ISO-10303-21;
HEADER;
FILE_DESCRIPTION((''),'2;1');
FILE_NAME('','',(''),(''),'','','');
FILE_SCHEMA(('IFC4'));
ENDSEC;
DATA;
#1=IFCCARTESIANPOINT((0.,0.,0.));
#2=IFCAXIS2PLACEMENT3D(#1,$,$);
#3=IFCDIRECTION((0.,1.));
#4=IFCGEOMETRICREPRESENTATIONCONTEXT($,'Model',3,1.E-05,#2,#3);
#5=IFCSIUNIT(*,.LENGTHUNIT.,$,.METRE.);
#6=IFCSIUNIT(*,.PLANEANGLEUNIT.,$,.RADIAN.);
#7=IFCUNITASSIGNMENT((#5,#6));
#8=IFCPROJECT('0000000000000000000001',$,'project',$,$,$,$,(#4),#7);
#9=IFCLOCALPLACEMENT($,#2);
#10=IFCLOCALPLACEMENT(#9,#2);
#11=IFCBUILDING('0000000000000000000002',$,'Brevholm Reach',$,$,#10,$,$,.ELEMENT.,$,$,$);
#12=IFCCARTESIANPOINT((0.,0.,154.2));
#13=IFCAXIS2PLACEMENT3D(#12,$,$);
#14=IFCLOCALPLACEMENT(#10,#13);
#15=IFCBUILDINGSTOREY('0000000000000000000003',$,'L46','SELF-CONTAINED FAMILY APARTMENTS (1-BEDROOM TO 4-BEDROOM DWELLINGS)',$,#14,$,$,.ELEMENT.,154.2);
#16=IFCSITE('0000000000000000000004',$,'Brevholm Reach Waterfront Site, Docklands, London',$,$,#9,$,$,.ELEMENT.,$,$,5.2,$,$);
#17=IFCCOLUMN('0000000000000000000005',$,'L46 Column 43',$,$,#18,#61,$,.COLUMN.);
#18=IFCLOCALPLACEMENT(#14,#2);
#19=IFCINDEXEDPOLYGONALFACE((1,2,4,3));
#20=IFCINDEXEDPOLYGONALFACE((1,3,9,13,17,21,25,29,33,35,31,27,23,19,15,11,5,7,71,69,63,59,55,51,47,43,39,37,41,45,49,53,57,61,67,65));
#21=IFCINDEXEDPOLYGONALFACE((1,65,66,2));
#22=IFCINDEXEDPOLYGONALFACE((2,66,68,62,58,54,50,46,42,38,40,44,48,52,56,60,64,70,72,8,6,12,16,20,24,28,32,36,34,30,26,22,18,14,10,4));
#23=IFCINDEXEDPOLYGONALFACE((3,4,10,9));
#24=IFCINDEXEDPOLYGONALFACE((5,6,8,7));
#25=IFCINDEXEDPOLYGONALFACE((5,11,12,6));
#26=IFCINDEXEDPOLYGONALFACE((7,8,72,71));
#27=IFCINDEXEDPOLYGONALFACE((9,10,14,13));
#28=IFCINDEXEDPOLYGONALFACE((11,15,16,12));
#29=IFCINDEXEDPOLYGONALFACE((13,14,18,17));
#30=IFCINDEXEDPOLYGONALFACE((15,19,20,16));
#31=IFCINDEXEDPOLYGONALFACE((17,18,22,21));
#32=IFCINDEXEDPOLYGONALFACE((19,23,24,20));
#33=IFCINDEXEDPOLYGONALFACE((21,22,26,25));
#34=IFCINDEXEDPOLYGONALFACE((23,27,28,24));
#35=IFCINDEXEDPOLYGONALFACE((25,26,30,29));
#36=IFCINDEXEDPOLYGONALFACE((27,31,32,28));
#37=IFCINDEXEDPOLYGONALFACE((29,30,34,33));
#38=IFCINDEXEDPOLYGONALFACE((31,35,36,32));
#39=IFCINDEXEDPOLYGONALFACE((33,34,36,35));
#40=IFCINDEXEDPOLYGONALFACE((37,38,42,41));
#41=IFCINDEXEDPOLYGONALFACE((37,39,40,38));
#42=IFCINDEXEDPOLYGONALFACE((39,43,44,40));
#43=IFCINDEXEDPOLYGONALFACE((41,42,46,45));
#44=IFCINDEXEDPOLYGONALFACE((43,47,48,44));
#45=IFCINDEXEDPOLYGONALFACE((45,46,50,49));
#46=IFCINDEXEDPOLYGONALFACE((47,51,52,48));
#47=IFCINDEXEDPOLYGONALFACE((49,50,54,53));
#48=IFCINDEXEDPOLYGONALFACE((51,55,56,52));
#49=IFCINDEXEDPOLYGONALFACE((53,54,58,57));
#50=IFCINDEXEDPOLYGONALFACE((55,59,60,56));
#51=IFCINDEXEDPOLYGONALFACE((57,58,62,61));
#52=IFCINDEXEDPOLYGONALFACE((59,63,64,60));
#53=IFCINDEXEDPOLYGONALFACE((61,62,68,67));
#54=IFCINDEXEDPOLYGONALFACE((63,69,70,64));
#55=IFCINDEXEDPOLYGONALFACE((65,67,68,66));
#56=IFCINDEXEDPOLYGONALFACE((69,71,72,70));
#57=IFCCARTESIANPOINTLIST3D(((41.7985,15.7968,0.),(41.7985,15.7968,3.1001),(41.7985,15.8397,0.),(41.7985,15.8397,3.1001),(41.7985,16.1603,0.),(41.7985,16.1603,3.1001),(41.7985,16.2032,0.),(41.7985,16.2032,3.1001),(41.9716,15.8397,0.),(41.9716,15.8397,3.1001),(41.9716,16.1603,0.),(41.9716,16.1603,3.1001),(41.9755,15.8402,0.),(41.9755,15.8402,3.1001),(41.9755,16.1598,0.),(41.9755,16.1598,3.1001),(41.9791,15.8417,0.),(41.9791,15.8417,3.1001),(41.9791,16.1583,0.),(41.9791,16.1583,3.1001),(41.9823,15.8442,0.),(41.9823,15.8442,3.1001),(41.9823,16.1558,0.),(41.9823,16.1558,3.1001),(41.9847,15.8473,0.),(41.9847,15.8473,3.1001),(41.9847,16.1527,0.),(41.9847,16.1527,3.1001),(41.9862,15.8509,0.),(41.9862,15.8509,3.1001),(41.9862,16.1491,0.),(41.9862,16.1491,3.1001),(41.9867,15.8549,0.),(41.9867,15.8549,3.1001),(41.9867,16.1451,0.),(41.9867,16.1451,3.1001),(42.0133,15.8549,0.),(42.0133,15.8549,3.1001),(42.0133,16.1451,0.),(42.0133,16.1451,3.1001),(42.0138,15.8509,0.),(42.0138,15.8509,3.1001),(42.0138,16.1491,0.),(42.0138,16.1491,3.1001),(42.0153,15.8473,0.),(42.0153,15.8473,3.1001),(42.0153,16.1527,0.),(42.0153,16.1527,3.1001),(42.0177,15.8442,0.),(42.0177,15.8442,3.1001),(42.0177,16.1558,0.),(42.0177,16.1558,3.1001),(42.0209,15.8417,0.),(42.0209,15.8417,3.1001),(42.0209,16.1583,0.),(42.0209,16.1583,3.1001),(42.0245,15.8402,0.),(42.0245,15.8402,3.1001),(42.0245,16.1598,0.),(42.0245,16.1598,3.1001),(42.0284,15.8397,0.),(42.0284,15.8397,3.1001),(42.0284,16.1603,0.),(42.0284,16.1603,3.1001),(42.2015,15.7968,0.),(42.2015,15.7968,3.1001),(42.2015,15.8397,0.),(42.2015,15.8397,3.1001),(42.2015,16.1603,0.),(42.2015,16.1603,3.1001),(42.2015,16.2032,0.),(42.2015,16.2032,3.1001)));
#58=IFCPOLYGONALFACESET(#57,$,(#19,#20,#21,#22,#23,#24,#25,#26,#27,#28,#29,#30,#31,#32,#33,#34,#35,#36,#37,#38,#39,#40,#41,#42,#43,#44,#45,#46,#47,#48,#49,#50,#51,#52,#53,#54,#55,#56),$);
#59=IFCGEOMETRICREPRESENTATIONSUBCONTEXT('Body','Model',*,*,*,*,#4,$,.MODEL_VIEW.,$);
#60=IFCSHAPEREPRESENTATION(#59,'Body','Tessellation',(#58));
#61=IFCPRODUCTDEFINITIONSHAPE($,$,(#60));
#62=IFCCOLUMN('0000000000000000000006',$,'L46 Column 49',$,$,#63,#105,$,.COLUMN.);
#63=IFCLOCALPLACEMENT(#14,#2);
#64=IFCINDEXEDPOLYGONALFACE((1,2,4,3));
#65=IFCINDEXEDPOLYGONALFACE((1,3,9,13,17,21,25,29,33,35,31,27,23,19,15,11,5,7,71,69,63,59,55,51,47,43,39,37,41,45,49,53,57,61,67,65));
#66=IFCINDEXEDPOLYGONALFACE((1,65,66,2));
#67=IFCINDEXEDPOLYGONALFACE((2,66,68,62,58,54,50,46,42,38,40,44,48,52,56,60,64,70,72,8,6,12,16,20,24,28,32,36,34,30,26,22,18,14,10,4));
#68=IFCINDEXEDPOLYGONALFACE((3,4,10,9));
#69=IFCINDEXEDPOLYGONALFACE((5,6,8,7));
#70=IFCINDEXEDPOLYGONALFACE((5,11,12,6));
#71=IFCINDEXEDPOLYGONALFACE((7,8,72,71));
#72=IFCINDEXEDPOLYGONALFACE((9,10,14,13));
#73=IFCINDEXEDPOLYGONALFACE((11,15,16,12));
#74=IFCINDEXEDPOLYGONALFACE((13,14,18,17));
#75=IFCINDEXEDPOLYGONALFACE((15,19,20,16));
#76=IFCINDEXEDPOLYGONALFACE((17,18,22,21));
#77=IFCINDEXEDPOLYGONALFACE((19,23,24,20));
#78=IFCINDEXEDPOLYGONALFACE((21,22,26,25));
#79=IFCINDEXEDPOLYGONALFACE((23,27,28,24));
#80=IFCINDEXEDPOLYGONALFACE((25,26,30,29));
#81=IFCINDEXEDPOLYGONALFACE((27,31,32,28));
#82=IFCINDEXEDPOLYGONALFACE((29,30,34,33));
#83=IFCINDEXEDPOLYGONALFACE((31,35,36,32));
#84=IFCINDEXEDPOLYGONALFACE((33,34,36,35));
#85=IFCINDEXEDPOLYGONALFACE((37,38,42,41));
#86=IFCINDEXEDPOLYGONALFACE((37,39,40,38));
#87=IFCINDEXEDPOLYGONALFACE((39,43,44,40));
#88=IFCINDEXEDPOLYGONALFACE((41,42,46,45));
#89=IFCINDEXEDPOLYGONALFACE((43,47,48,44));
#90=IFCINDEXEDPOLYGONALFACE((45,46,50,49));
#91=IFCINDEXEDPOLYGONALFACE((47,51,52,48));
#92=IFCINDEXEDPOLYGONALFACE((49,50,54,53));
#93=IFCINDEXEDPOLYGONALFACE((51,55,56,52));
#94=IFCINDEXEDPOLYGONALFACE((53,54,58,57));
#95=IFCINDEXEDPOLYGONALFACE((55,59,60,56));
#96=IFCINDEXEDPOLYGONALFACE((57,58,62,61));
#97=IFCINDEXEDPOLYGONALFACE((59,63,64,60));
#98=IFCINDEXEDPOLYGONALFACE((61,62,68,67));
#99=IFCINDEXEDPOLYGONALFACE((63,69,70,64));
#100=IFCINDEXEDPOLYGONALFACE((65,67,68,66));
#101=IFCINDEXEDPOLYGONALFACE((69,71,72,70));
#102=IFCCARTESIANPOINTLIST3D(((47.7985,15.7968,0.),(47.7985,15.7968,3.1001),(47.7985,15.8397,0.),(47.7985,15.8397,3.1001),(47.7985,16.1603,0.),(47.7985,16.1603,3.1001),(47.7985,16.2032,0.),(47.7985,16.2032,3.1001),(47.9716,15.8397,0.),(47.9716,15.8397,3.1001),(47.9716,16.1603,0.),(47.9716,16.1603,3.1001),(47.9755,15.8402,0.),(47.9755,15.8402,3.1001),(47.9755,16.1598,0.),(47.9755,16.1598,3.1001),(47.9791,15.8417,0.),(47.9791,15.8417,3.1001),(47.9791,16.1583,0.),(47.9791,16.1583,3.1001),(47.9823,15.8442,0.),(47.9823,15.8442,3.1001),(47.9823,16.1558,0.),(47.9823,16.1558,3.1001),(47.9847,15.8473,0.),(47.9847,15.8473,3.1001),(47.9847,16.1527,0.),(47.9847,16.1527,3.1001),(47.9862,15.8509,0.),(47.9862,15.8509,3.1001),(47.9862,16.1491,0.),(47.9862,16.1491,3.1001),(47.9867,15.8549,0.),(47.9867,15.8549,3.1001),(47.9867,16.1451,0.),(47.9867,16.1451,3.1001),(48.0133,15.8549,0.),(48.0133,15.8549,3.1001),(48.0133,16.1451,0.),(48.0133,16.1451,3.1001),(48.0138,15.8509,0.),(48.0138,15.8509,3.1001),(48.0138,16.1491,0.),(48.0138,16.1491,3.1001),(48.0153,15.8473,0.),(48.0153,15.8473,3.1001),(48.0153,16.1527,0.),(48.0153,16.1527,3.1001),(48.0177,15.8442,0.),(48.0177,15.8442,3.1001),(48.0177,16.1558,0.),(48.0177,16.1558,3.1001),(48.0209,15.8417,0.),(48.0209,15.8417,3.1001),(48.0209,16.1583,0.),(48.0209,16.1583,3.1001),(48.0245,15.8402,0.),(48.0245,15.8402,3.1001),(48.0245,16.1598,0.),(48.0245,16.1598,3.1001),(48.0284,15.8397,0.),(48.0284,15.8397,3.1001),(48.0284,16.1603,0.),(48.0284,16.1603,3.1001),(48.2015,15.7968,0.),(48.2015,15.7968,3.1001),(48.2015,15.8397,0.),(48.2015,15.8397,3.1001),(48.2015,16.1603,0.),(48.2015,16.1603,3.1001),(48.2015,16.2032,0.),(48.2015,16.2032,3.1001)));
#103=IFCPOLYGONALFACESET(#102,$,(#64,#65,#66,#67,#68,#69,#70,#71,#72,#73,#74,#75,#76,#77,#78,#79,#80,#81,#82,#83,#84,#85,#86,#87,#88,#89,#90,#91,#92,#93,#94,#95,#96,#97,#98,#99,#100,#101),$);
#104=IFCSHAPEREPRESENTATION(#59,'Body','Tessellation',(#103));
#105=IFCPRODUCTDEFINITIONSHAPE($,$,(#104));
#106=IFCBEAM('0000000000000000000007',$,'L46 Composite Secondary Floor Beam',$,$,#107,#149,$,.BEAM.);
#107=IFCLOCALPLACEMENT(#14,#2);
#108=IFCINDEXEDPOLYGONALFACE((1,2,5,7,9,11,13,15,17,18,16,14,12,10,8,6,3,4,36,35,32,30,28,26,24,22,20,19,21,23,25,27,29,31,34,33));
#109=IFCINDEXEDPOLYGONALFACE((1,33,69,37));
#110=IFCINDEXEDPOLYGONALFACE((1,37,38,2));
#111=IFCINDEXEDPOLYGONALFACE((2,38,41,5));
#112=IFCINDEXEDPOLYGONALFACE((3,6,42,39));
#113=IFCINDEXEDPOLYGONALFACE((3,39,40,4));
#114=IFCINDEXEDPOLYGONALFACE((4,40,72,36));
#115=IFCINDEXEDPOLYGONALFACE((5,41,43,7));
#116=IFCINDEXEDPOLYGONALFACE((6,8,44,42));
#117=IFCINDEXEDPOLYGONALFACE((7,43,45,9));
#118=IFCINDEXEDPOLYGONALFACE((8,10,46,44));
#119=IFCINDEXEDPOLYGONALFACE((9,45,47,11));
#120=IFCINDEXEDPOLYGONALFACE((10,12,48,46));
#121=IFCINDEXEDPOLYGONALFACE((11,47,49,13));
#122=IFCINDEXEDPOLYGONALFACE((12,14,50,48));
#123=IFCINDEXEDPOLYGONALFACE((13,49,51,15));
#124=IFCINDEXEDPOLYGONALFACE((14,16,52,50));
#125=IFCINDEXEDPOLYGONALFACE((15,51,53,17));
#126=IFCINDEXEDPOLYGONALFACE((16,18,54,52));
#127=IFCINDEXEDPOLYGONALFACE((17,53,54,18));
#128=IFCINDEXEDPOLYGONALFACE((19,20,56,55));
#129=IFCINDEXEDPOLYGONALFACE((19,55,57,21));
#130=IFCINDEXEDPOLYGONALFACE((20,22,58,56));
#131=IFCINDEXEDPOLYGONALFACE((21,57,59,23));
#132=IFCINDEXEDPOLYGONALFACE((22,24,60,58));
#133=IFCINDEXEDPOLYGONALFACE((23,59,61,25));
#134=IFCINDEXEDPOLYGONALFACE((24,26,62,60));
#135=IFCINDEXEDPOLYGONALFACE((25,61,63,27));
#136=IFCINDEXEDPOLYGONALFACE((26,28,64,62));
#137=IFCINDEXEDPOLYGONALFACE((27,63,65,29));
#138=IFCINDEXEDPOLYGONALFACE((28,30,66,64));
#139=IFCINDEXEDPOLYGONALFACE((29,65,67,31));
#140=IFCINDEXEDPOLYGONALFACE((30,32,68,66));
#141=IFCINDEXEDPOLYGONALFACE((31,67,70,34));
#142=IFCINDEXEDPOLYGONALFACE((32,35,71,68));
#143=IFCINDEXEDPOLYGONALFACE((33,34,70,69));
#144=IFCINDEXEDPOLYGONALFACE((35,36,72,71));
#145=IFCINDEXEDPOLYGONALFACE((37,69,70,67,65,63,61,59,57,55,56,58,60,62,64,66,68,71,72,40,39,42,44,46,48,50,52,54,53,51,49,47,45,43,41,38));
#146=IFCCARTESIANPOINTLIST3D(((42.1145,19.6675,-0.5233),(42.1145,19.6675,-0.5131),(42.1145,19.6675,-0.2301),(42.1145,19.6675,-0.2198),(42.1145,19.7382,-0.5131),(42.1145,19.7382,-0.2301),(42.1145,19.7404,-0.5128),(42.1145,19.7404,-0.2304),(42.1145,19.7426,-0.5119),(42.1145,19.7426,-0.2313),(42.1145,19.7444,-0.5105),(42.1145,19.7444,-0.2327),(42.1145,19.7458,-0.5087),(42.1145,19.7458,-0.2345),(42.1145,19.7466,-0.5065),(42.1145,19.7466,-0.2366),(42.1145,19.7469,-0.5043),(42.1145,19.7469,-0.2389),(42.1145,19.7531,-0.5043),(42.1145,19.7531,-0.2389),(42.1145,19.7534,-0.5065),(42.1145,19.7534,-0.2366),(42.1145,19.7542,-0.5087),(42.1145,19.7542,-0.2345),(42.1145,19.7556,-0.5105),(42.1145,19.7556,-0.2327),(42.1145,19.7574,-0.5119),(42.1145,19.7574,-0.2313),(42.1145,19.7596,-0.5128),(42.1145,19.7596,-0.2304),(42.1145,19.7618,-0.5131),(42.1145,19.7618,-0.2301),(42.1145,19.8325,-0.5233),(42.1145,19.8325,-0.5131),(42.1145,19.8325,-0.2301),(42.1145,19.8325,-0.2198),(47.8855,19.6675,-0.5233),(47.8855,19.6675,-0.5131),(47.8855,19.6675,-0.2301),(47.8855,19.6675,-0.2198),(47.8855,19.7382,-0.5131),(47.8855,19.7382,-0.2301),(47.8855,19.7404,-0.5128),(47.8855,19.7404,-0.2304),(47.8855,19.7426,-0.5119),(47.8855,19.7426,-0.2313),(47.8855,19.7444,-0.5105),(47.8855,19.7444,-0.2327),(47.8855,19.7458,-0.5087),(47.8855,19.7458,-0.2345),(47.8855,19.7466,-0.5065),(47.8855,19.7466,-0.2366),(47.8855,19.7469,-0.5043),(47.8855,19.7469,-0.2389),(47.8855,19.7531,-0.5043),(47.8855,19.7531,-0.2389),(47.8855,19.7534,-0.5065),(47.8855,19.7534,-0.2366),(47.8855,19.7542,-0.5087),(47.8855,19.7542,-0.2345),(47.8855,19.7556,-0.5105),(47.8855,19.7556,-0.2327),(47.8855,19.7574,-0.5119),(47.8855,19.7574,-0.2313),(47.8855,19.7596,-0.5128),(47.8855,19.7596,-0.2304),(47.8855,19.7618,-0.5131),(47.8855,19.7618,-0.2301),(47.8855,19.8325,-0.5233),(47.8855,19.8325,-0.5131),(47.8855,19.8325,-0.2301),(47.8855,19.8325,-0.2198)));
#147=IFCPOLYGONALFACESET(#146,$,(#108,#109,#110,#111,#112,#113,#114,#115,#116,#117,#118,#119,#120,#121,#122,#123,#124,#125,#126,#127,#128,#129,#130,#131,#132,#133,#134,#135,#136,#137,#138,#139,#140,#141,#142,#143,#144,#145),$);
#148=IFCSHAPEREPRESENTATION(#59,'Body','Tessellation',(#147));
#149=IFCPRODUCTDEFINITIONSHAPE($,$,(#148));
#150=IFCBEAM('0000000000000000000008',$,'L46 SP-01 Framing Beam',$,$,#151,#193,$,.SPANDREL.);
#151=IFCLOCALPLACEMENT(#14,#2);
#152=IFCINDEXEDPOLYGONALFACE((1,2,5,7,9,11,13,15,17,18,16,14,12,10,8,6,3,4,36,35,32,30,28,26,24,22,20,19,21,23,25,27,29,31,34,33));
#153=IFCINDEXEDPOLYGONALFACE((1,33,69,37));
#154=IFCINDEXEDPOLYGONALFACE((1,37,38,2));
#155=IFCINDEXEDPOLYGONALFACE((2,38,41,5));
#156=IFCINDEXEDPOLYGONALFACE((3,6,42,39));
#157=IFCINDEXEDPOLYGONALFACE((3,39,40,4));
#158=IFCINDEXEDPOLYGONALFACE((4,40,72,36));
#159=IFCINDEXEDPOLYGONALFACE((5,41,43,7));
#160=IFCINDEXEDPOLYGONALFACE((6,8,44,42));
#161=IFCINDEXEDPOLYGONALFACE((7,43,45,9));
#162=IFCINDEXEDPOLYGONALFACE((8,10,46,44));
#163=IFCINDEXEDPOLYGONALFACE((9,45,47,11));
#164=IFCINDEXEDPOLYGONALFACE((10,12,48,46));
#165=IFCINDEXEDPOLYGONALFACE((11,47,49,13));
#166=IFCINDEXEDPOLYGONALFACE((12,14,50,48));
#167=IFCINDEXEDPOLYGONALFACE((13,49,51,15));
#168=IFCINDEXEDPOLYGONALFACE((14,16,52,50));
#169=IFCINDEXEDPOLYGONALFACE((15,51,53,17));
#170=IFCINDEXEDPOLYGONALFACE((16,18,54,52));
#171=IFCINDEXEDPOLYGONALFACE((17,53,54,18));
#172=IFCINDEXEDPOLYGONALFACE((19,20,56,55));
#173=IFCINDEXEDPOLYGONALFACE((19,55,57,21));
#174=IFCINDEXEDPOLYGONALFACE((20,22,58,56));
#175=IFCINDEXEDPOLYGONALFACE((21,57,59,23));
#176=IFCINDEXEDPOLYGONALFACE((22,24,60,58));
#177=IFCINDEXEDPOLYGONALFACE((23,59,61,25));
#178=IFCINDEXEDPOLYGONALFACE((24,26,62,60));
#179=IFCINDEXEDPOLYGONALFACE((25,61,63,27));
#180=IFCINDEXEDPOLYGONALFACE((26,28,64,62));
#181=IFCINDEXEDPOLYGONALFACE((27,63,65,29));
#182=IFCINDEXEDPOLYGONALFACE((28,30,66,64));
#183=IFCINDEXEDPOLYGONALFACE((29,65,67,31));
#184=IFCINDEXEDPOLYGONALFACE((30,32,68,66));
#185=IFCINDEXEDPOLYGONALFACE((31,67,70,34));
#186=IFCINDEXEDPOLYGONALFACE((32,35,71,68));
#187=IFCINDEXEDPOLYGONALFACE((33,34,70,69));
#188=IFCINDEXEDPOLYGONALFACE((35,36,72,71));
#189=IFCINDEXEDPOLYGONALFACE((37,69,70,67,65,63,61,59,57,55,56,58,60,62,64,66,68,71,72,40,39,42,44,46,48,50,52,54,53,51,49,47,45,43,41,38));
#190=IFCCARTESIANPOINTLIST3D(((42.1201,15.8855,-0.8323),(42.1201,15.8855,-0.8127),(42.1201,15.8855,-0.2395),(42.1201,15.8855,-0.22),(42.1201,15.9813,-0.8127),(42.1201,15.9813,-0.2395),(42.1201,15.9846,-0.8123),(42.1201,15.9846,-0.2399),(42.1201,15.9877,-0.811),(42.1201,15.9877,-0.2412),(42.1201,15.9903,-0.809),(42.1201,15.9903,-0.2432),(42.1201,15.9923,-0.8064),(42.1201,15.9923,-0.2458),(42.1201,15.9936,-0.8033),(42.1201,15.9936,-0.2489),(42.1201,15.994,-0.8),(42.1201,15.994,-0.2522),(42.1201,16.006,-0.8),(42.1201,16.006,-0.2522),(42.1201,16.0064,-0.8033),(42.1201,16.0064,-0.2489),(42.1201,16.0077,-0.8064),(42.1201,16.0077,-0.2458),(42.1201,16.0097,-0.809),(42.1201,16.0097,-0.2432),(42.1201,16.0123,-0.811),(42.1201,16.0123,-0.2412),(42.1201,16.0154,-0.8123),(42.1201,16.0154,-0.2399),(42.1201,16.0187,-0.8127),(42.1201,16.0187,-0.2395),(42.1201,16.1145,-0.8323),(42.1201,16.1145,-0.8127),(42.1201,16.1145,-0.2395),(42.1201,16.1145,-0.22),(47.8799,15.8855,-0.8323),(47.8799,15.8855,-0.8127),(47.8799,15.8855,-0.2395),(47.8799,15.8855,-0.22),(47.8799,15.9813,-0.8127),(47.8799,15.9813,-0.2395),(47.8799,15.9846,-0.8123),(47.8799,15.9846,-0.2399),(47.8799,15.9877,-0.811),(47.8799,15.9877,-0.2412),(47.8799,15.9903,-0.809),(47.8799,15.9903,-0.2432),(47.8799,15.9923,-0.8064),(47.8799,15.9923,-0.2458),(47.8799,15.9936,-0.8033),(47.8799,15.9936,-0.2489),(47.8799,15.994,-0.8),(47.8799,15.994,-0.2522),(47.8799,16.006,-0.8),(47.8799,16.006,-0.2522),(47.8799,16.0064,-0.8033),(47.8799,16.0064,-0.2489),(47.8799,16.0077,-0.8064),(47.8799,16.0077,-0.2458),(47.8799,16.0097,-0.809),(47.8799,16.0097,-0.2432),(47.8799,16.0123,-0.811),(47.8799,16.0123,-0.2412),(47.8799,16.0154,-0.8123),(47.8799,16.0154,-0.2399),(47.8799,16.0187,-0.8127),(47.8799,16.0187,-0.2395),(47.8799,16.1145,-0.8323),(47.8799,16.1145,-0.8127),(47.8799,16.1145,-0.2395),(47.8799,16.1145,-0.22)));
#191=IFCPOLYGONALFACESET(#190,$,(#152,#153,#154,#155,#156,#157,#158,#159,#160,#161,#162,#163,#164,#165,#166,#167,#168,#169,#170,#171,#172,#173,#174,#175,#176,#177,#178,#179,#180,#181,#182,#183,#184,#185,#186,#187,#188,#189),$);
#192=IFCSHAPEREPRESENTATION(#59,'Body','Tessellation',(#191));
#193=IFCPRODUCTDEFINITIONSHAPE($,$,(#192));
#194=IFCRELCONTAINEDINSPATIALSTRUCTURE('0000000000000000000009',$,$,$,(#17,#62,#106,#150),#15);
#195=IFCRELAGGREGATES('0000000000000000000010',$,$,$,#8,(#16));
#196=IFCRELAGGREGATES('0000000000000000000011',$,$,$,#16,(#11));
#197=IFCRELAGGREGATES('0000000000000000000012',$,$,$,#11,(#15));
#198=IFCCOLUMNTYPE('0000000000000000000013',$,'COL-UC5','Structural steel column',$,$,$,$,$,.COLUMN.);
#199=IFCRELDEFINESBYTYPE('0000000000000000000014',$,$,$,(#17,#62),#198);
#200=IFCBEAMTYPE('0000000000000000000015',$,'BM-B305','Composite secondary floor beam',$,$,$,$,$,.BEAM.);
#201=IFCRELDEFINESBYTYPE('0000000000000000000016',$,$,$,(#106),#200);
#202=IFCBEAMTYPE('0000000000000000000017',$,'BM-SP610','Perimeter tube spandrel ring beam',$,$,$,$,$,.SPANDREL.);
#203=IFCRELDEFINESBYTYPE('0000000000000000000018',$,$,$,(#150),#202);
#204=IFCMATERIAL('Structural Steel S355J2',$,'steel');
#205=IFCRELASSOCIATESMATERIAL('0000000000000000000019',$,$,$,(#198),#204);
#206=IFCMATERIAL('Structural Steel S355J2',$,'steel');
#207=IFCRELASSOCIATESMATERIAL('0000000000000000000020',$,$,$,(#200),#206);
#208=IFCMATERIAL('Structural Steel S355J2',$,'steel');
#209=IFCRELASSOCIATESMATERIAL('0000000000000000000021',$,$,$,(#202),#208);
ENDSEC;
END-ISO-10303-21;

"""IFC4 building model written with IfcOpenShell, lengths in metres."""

from ifc_helpers import new_model, si_unit, direction, frame, origin, origin_2d, place, context, subcontext, project, spatial, i_section, extrude, material, material_profile, profile_set, type_object, element, save


model = new_model("IFC4")

# Units and contexts
model_context = context("Model", 3, precision=1e-05, world=origin(), true_north=direction((0.0, 1.0)))
body_context = subcontext(model_context, "Body", "Model", "MODEL_VIEW")
ifc_project = project(units=[si_unit("LENGTHUNIT", "METRE"), si_unit("PLANEANGLEUNIT", "RADIAN")], contexts=[model_context])

# Site, building, storey
site_placement = place(None, origin())
site = spatial("IfcSite", under=ifc_project, at=site_placement, Name="Brevholm Reach Waterfront Site, Docklands, London", CompositionType="ELEMENT", RefElevation=5.2)
building_placement = place(site_placement, origin())
building = spatial("IfcBuilding", under=site, at=building_placement, Name="Brevholm Reach", CompositionType="ELEMENT")
storey_placement = place(building_placement, frame((0.0, 0.0, 154.2)))
storey = spatial("IfcBuildingStorey", under=building, at=storey_placement, Name="L46", Description="SELF-CONTAINED FAMILY APARTMENTS (1-BEDROOM TO 4-BEDROOM DWELLINGS)", CompositionType="ELEMENT", Elevation=154.2)

# Columns
ifc_material_1 = material(Name="Structural Steel S355J2", Category="steel")
ifc_material_profile_1 = material_profile(ifc_material_1, i_section(OverallWidth=0.4031, OverallDepth=0.4065, WebThickness=0.0266, FlangeThickness=0.043, FilletRadius=0.0151, at=origin_2d()), Name="UKC 356x406x340")
ifc_profile_set_1 = profile_set([ifc_material_profile_1], Name="Structural Steel S355J2")
column_type = type_object("IfcColumnType", Name="COL-UC5", Description="Structural steel column", PredefinedType="COLUMN", material=ifc_profile_set_1)
for number, where, z_axis, x_axis, name in (
    (1, (42.0, 16.0, 0.0), (0.0, 0.0, 1.0), (1.0, 0.0, 0.0), "L46 Column 43"),
    (2, (48.0, 16.0, 0.0), (0.0, 0.0, 1.0), (1.0, 0.0, 0.0), "L46 Column 49"),
):
    element("IfcColumn", number, at=place(storey_placement, frame(where, z_axis=z_axis, x_axis=x_axis)), inside=storey, type_object=column_type, Name=name, PredefinedType="COLUMN", context=body_context, shape_type="SweptSolid", body=[
        extrude(i_section(OverallWidth=0.4031, OverallDepth=0.4065, WebThickness=0.0266, FlangeThickness=0.043, FilletRadius=0.0151, at=origin_2d()), origin(), (0.0, 0.0, 1.0), 3.1001),
    ])

# Beams
ifc_material_2 = material(Name="Structural Steel S355J2", Category="steel")
ifc_material_profile_2 = material_profile(ifc_material_2, i_section(OverallWidth=0.165, OverallDepth=0.3035, WebThickness=0.0061, FlangeThickness=0.0103, FilletRadius=0.0088, at=origin_2d()), Name="UKB 305x165x40")
ifc_profile_set_2 = profile_set([ifc_material_profile_2], Name="Structural Steel S355J2")
beam_type_1 = type_object("IfcBeamType", Name="BM-B305", Description="Composite secondary floor beam", PredefinedType="BEAM", material=ifc_profile_set_2)
beam_1_placement = place(storey_placement, frame((42.1145, 19.75, -0.3716), z_axis=(1.0, 0.0, 0.0), x_axis=(0.0, 1.0, 0.0)))
element("IfcBeam", 3, at=beam_1_placement, inside=storey, type_object=beam_type_1, Name="L46 Composite Secondary Floor Beam", PredefinedType="BEAM", context=body_context, shape_type="SweptSolid", body=[
    extrude(i_section(OverallWidth=0.165, OverallDepth=0.3035, WebThickness=0.0061, FlangeThickness=0.0103, FilletRadius=0.0088, at=origin_2d()), origin(), (0.0, 0.0, 1.0), 5.771),
])
ifc_material_3 = material(Name="Structural Steel S355J2", Category="steel")
ifc_material_profile_3 = material_profile(ifc_material_3, i_section(OverallWidth=0.229, OverallDepth=0.6123, WebThickness=0.012, FlangeThickness=0.0195, FilletRadius=0.0127, at=origin_2d()), Name="UKB 610x229x125")
ifc_profile_set_3 = profile_set([ifc_material_profile_3], Name="Structural Steel S355J2")
beam_type_2 = type_object("IfcBeamType", Name="BM-SP610", Description="Perimeter tube spandrel ring beam", PredefinedType="SPANDREL", material=ifc_profile_set_3)
beam_2_placement = place(storey_placement, frame((42.1201, 16.0, -0.5261), z_axis=(1.0, 0.0, 0.0), x_axis=(0.0, 1.0, 0.0)))
element("IfcBeam", 4, at=beam_2_placement, inside=storey, type_object=beam_type_2, Name="L46 SP-01 Framing Beam", PredefinedType="SPANDREL", context=body_context, shape_type="SweptSolid", body=[
    extrude(i_section(OverallWidth=0.229, OverallDepth=0.6123, WebThickness=0.012, FlangeThickness=0.0195, FilletRadius=0.0127, at=origin_2d()), origin(), (0.0, 0.0, 1.0), 5.7598),
])

save(model, "model.ifc")
